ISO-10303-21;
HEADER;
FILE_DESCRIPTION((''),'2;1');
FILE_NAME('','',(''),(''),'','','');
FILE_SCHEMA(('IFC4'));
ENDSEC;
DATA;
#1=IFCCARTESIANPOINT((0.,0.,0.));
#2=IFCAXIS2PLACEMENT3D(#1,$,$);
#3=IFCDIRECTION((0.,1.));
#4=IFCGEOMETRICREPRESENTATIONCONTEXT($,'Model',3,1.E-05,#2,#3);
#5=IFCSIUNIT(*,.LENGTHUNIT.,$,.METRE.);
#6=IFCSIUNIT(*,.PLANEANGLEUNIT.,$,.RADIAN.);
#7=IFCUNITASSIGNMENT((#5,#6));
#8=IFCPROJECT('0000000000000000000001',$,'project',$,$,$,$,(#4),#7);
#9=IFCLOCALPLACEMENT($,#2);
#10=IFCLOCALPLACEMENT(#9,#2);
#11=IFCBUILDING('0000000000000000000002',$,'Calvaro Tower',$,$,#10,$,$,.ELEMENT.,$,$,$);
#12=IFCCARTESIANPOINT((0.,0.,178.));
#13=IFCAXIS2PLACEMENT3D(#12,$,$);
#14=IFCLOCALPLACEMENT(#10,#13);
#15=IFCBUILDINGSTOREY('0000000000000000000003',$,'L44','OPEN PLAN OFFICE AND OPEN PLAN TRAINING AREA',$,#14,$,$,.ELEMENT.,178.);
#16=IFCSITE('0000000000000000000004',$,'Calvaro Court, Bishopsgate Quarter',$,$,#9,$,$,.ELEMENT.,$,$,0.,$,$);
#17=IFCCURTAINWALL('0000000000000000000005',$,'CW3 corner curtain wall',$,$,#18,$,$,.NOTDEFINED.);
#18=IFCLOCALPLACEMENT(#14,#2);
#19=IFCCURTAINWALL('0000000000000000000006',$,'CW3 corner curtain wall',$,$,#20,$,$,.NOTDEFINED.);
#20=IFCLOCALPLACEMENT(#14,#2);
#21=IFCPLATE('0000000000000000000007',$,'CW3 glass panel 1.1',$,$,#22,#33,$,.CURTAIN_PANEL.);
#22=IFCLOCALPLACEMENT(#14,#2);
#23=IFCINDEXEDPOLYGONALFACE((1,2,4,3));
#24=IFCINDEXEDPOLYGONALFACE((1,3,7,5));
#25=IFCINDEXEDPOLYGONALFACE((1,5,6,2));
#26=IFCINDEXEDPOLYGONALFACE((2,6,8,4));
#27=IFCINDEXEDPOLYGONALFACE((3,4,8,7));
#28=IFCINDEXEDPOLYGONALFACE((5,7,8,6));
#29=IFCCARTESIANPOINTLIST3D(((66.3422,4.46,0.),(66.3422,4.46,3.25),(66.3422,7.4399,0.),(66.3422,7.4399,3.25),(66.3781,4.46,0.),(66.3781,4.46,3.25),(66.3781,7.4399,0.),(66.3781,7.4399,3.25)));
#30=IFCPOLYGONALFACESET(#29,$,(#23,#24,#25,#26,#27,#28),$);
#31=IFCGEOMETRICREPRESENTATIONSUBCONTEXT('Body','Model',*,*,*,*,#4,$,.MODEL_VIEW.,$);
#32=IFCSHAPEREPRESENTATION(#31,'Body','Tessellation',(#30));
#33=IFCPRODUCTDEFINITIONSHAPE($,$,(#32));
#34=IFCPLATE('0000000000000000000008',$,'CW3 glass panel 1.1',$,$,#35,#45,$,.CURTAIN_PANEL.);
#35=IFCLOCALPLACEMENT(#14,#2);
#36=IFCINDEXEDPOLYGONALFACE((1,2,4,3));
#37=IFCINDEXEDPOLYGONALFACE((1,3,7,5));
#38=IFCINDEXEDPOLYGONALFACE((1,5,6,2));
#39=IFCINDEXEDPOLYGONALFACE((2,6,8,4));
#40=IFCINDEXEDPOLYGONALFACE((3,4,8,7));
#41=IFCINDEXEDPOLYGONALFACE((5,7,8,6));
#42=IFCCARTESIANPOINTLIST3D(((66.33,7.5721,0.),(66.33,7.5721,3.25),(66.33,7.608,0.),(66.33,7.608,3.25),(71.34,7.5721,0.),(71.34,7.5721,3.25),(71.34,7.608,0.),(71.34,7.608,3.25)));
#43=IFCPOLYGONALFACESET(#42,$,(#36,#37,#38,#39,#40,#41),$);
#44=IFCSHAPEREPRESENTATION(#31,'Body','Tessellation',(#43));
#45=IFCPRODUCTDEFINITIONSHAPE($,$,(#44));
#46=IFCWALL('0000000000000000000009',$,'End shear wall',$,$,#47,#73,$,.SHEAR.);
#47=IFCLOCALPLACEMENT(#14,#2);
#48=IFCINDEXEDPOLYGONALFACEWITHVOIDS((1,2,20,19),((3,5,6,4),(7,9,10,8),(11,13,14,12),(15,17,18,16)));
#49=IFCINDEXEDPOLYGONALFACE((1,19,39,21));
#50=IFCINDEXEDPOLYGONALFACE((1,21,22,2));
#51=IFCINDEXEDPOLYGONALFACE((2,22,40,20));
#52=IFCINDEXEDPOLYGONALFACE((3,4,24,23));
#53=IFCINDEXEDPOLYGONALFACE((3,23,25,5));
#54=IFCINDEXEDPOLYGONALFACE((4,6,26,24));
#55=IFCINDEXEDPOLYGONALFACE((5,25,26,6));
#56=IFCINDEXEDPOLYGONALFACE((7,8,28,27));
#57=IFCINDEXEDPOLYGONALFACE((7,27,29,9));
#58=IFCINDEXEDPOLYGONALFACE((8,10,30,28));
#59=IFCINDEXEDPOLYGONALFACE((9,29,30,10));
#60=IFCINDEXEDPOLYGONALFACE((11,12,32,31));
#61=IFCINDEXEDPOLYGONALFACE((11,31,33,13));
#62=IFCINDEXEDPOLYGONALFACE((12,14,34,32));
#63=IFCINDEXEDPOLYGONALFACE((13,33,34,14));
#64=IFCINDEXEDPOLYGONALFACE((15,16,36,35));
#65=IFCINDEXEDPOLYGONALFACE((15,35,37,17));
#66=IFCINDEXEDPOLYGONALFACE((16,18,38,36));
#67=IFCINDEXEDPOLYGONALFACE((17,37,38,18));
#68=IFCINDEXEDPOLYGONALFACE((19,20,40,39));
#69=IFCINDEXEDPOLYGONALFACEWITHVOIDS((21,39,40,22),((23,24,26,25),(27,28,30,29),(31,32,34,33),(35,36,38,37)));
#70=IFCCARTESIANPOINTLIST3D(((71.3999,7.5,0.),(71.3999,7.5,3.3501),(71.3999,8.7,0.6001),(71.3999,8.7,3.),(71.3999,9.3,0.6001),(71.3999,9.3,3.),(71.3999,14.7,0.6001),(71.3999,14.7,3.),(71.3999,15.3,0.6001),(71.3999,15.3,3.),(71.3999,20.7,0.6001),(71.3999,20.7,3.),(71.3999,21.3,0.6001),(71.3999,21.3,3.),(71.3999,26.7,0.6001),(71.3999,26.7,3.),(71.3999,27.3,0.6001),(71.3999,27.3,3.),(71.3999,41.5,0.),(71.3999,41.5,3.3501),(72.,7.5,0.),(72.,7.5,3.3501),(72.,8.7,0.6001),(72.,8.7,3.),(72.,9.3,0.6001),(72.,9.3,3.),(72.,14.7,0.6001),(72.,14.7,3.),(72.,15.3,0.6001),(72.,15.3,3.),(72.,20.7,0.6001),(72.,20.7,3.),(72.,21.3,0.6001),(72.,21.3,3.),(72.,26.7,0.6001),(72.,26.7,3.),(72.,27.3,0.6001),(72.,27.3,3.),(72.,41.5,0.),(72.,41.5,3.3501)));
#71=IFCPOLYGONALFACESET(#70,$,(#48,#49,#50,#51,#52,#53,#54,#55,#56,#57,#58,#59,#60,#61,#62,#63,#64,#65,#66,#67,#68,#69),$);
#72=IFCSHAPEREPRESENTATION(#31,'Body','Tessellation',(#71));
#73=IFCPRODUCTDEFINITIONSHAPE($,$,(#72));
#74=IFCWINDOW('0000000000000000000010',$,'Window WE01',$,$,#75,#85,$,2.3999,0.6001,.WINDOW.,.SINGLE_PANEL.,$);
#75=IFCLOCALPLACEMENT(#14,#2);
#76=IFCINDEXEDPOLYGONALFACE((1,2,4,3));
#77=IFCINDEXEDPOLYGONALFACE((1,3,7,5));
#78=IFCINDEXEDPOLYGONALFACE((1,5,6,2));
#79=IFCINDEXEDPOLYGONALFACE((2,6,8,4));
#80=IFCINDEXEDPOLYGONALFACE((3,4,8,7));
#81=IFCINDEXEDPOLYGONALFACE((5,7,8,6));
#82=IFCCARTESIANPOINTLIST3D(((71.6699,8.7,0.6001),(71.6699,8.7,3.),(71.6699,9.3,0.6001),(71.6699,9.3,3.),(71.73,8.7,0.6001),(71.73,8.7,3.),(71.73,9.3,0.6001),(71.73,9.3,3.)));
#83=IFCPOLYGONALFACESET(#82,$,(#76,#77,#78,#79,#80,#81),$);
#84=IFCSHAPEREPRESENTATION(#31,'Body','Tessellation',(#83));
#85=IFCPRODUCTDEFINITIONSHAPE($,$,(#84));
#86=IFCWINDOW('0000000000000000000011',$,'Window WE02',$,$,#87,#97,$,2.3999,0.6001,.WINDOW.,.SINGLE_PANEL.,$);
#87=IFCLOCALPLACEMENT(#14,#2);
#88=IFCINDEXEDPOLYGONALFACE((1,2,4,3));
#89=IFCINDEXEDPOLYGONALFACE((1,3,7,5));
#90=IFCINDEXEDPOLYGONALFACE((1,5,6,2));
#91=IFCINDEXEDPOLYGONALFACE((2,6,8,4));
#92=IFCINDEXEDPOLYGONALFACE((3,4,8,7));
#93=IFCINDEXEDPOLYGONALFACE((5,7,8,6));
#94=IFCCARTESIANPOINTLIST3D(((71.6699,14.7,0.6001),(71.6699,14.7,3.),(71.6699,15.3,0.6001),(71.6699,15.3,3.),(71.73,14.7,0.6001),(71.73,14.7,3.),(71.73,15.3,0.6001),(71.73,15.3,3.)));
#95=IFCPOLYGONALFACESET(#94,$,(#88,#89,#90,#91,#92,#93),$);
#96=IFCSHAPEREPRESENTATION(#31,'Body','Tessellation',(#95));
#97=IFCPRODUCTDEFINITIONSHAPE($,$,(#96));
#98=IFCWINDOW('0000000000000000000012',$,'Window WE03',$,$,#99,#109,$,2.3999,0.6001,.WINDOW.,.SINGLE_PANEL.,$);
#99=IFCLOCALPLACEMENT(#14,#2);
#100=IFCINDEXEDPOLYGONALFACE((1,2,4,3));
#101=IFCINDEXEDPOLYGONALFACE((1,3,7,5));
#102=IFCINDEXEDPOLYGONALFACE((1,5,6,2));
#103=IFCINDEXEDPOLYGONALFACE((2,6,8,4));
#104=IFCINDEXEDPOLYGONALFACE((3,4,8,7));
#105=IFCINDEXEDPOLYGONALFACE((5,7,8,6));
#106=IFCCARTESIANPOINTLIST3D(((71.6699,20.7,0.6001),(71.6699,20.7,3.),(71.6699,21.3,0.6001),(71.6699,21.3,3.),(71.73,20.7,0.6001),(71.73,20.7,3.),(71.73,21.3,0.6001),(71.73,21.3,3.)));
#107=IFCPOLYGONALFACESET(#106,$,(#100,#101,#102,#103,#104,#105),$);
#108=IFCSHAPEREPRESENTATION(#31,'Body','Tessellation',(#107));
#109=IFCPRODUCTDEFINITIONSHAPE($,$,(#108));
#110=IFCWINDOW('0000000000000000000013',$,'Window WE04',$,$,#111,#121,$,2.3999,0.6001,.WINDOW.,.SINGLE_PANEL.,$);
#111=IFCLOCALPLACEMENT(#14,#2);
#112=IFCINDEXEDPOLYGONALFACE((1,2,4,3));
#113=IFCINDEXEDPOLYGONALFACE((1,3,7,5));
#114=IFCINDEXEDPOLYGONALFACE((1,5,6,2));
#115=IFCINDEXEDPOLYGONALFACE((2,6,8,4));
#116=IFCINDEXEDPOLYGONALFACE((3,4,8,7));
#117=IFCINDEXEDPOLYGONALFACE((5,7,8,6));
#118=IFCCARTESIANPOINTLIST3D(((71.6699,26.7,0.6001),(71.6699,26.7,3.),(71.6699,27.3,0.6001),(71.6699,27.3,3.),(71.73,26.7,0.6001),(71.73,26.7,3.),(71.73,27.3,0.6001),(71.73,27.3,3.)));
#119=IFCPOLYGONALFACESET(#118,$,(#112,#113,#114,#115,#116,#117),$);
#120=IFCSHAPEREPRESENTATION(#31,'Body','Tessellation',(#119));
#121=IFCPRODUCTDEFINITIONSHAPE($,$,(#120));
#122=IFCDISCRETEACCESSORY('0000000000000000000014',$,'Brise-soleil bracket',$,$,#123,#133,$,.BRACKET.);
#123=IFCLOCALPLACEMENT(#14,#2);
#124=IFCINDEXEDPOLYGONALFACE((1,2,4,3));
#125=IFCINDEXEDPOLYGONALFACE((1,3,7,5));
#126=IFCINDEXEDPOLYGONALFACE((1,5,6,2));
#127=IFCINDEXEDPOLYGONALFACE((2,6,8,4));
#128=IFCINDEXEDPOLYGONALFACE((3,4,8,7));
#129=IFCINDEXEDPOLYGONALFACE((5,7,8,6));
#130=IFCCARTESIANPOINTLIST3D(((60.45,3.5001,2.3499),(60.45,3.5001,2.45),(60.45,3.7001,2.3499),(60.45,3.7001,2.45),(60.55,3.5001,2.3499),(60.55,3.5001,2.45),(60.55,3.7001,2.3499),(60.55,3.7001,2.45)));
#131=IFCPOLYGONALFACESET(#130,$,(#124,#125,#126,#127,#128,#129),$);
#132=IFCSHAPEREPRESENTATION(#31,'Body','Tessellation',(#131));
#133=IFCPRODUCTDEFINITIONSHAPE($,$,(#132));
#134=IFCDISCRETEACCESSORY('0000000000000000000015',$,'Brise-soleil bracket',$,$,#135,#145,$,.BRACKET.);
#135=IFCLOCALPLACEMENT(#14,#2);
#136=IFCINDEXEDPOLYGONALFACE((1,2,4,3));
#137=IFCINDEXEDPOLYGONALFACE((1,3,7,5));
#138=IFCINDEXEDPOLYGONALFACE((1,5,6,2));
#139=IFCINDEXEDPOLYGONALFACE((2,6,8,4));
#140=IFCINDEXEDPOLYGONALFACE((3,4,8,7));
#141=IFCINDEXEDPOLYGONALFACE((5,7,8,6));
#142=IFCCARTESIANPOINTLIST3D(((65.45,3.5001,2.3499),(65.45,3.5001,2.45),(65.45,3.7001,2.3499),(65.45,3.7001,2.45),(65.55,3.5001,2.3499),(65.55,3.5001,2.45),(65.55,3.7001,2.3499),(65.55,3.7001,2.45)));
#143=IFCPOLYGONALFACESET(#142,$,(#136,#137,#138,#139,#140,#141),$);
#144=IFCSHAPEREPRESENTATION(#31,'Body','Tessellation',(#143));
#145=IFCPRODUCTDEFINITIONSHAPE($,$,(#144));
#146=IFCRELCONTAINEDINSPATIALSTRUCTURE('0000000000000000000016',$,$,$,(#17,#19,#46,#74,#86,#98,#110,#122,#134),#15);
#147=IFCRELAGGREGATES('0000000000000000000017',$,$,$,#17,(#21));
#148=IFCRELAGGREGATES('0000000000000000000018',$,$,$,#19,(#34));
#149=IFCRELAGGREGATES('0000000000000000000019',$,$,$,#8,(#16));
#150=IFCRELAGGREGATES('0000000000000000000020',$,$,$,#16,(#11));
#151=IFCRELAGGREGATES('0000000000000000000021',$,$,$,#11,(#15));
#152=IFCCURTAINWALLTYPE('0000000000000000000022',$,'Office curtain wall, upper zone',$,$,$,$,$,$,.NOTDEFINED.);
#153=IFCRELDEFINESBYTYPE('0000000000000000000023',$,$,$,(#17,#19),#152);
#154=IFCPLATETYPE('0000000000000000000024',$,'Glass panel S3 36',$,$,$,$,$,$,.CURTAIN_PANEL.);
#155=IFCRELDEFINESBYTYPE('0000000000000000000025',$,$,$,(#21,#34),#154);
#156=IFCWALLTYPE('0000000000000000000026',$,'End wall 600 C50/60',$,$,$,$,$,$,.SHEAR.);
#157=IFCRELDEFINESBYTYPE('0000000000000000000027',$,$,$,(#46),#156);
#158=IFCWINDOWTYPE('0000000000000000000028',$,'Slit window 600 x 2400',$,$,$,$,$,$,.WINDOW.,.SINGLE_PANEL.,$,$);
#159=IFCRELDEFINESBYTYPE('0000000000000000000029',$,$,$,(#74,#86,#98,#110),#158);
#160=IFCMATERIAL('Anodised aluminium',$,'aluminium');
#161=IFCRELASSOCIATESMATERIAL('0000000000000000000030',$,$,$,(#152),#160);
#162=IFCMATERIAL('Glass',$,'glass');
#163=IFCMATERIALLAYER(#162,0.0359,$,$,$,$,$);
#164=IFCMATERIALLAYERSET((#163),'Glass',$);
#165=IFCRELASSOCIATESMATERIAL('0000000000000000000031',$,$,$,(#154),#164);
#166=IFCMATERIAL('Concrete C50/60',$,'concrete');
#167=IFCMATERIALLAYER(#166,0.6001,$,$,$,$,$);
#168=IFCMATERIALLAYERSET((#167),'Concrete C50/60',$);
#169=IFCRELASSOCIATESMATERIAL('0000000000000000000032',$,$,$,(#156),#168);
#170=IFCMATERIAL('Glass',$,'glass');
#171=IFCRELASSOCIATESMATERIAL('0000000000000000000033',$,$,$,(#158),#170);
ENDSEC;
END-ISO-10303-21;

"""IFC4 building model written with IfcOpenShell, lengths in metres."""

from ifc_helpers import new_model, si_unit, direction, frame, frame_2d, origin, origin_2d, place, context, subcontext, project, spatial, rectangle, extrude, material, layer, layer_set, type_object, element, fill, aggregate, save


model = new_model("IFC4")

# Units and contexts
model_context = context("Model", 3, precision=1e-05, world=origin(), true_north=direction((0.0, 1.0)))
body_context = subcontext(model_context, "Body", "Model", "MODEL_VIEW")
ifc_project = project(units=[si_unit("LENGTHUNIT", "METRE"), si_unit("PLANEANGLEUNIT", "RADIAN")], contexts=[model_context])

# Site, building, storey
site_placement = place(None, origin())
site = spatial("IfcSite", under=ifc_project, at=site_placement, Name="Calvaro Court, Bishopsgate Quarter", CompositionType="ELEMENT", RefElevation=0.0)
building_placement = place(site_placement, origin())
building = spatial("IfcBuilding", under=site, at=building_placement, Name="Calvaro Tower", CompositionType="ELEMENT")
storey_placement = place(building_placement, frame((0.0, 0.0, 178.0)))
storey = spatial("IfcBuildingStorey", under=building, at=storey_placement, Name="L44", Description="OPEN PLAN OFFICE AND OPEN PLAN TRAINING AREA", CompositionType="ELEMENT", Elevation=178.0)

# Curtain walls
ifc_material_1 = material(Name="Anodised aluminium", Category="aluminium")
curtain_wall_type = type_object("IfcCurtainWallType", Name="Office curtain wall, upper zone", PredefinedType="NOTDEFINED", material=ifc_material_1)
curtain_wall_1_placement = place(storey_placement, origin())
curtain_wall_1 = element("IfcCurtainWall", 1, at=curtain_wall_1_placement, inside=storey, type_object=curtain_wall_type, Name="CW3 corner curtain wall", PredefinedType="NOTDEFINED")
curtain_wall_2_placement = place(storey_placement, origin())
curtain_wall_2 = element("IfcCurtainWall", 2, at=curtain_wall_2_placement, inside=storey, type_object=curtain_wall_type, Name="CW3 corner curtain wall", PredefinedType="NOTDEFINED")

# Plates
ifc_material_2 = material(Name="Glass", Category="glass")
ifc_layer_1 = layer(ifc_material_2, 0.0359)
ifc_layer_set_1 = layer_set([ifc_layer_1], Name="Glass")
plate_type = type_object("IfcPlateType", Name="Glass panel S3 36", PredefinedType="CURTAIN_PANEL", material=ifc_layer_set_1)
plate_1_placement = place(storey_placement, frame((66.3601, 5.95, 0.0), z_axis=(0.0, 0.0, 1.0), x_axis=(0.0, 1.0, 0.0)))
plate_1 = element("IfcPlate", 3, at=plate_1_placement, type_object=plate_type, Name="CW3 glass panel 1.1", PredefinedType="CURTAIN_PANEL", context=body_context, shape_type="SweptSolid", body=[
    extrude(rectangle(XDim=2.98, YDim=0.0359, at=origin_2d()), origin(), (0.0, 0.0, 1.0), 3.25),
])
aggregate(curtain_wall_1, [plate_1])
plate_2_placement = place(storey_placement, frame((68.835, 7.5901, 0.0), z_axis=(0.0, 0.0, 1.0), x_axis=(1.0, 0.0, 0.0)))
plate_2 = element("IfcPlate", 4, at=plate_2_placement, type_object=plate_type, Name="CW3 glass panel 1.1", PredefinedType="CURTAIN_PANEL", context=body_context, shape_type="SweptSolid", body=[
    extrude(rectangle(XDim=5.01, YDim=0.0359, at=origin_2d()), origin(), (0.0, 0.0, 1.0), 3.25),
])
aggregate(curtain_wall_2, [plate_2])

# Wall, openings, windows
ifc_material_3 = material(Name="Concrete C50/60", Category="concrete")
ifc_layer_2 = layer(ifc_material_3, 0.6001)
ifc_layer_set_2 = layer_set([ifc_layer_2], Name="Concrete C50/60")
wall_type = type_object("IfcWallType", Name="End wall 600 C50/60", PredefinedType="SHEAR", material=ifc_layer_set_2)
wall_placement = place(storey_placement, frame((71.7, 7.5, 0.0), z_axis=(0.0, 0.0, 1.0), x_axis=(0.0, 1.0, 0.0)))
wall = element("IfcWall", 5, at=wall_placement, inside=storey, type_object=wall_type, Name="End shear wall", PredefinedType="SHEAR", context=body_context, shape_type="SweptSolid", body=[
    extrude(rectangle(XDim=34.0, YDim=0.6001, at=frame_2d((17.0, 0.0))), origin(), (0.0, 0.0, 1.0), 3.3501),
])
opening_1_placement = place(wall_placement, frame((1.2, 0.0, 0.6001)))
opening_1 = element("IfcOpeningElement", 6, at=opening_1_placement, cuts=wall, PredefinedType="OPENING", context=body_context, shape_type="SweptSolid", body=[
    extrude(rectangle(XDim=0.6001, YDim=2.3999, at=frame_2d((0.3, 1.2))), frame((0.0, 0.3101, 0.0), z_axis=(0.0, -1.0, 0.0), x_axis=(1.0, 0.0, 0.0)), (0.0, 0.0, 1.0), 0.6201),
])
opening_2_placement = place(wall_placement, frame((7.2, 0.0, 0.6001)))
opening_2 = element("IfcOpeningElement", 7, at=opening_2_placement, cuts=wall, PredefinedType="OPENING", context=body_context, shape_type="SweptSolid", body=[
    extrude(rectangle(XDim=0.6001, YDim=2.3999, at=frame_2d((0.3, 1.2))), frame((0.0, 0.3101, 0.0), z_axis=(0.0, -1.0, 0.0), x_axis=(1.0, 0.0, 0.0)), (0.0, 0.0, 1.0), 0.6201),
])
opening_3_placement = place(wall_placement, frame((13.2, 0.0, 0.6001)))
opening_3 = element("IfcOpeningElement", 8, at=opening_3_placement, cuts=wall, PredefinedType="OPENING", context=body_context, shape_type="SweptSolid", body=[
    extrude(rectangle(XDim=0.6001, YDim=2.3999, at=frame_2d((0.3, 1.2))), frame((0.0, 0.3101, 0.0), z_axis=(0.0, -1.0, 0.0), x_axis=(1.0, 0.0, 0.0)), (0.0, 0.0, 1.0), 0.6201),
])
opening_4_placement = place(wall_placement, frame((19.2, 0.0, 0.6001)))
opening_4 = element("IfcOpeningElement", 9, at=opening_4_placement, cuts=wall, PredefinedType="OPENING", context=body_context, shape_type="SweptSolid", body=[
    extrude(rectangle(XDim=0.6001, YDim=2.3999, at=frame_2d((0.3, 1.2))), frame((0.0, 0.3101, 0.0), z_axis=(0.0, -1.0, 0.0), x_axis=(1.0, 0.0, 0.0)), (0.0, 0.0, 1.0), 0.6201),
])
ifc_material_4 = material(Name="Glass", Category="glass")
window_type = type_object("IfcWindowType", Name="Slit window 600 x 2400", PartitioningType="SINGLE_PANEL", PredefinedType="WINDOW", material=ifc_material_4)
window_1_placement = place(opening_1_placement, origin())
window_1 = element("IfcWindow", 10, at=window_1_placement, inside=storey, type_object=window_type, Name="Window WE01", OverallHeight=2.3999, OverallWidth=0.6001, PartitioningType="SINGLE_PANEL", PredefinedType="WINDOW", context=body_context, shape_type="SweptSolid", body=[
    extrude(rectangle(XDim=0.6001, YDim=2.3999, at=frame_2d((0.3, 1.2))), frame((0.0, 0.03, 0.0), z_axis=(0.0, -1.0, 0.0), x_axis=(1.0, 0.0, 0.0)), (0.0, 0.0, 1.0), 0.0601),
])
fill(opening_1, window_1)
window_2_placement = place(opening_2_placement, origin())
window_2 = element("IfcWindow", 11, at=window_2_placement, inside=storey, type_object=window_type, Name="Window WE02", OverallHeight=2.3999, OverallWidth=0.6001, PartitioningType="SINGLE_PANEL", PredefinedType="WINDOW", context=body_context, shape_type="SweptSolid", body=[
    extrude(rectangle(XDim=0.6001, YDim=2.3999, at=frame_2d((0.3, 1.2))), frame((0.0, 0.03, 0.0), z_axis=(0.0, -1.0, 0.0), x_axis=(1.0, 0.0, 0.0)), (0.0, 0.0, 1.0), 0.0601),
])
fill(opening_2, window_2)
window_3_placement = place(opening_3_placement, origin())
window_3 = element("IfcWindow", 12, at=window_3_placement, inside=storey, type_object=window_type, Name="Window WE03", OverallHeight=2.3999, OverallWidth=0.6001, PartitioningType="SINGLE_PANEL", PredefinedType="WINDOW", context=body_context, shape_type="SweptSolid", body=[
    extrude(rectangle(XDim=0.6001, YDim=2.3999, at=frame_2d((0.3, 1.2))), frame((0.0, 0.03, 0.0), z_axis=(0.0, -1.0, 0.0), x_axis=(1.0, 0.0, 0.0)), (0.0, 0.0, 1.0), 0.0601),
])
fill(opening_3, window_3)
window_4_placement = place(opening_4_placement, origin())
window_4 = element("IfcWindow", 13, at=window_4_placement, inside=storey, type_object=window_type, Name="Window WE04", OverallHeight=2.3999, OverallWidth=0.6001, PartitioningType="SINGLE_PANEL", PredefinedType="WINDOW", context=body_context, shape_type="SweptSolid", body=[
    extrude(rectangle(XDim=0.6001, YDim=2.3999, at=frame_2d((0.3, 1.2))), frame((0.0, 0.03, 0.0), z_axis=(0.0, -1.0, 0.0), x_axis=(1.0, 0.0, 0.0)), (0.0, 0.0, 1.0), 0.0601),
])
fill(opening_4, window_4)

# Discrete accessories
for number, where, z_axis, x_axis, name in (
    (14, (60.5, 3.6001, 2.3499), (0.0, 0.0, 1.0), (1.0, 0.0, 0.0), "Brise-soleil bracket"),
    (15, (65.5, 3.6001, 2.3499), (0.0, 0.0, 1.0), (1.0, 0.0, 0.0), "Brise-soleil bracket"),
):
    element("IfcDiscreteAccessory", number, at=place(storey_placement, frame(where, z_axis=z_axis, x_axis=x_axis)), inside=storey, Name=name, PredefinedType="BRACKET", context=body_context, shape_type="SweptSolid", body=[
        extrude(rectangle(XDim=0.1001, YDim=0.2, at=origin_2d()), origin(), (0.0, 0.0, 1.0), 0.1001),
    ])

save(model, "model.ifc")
